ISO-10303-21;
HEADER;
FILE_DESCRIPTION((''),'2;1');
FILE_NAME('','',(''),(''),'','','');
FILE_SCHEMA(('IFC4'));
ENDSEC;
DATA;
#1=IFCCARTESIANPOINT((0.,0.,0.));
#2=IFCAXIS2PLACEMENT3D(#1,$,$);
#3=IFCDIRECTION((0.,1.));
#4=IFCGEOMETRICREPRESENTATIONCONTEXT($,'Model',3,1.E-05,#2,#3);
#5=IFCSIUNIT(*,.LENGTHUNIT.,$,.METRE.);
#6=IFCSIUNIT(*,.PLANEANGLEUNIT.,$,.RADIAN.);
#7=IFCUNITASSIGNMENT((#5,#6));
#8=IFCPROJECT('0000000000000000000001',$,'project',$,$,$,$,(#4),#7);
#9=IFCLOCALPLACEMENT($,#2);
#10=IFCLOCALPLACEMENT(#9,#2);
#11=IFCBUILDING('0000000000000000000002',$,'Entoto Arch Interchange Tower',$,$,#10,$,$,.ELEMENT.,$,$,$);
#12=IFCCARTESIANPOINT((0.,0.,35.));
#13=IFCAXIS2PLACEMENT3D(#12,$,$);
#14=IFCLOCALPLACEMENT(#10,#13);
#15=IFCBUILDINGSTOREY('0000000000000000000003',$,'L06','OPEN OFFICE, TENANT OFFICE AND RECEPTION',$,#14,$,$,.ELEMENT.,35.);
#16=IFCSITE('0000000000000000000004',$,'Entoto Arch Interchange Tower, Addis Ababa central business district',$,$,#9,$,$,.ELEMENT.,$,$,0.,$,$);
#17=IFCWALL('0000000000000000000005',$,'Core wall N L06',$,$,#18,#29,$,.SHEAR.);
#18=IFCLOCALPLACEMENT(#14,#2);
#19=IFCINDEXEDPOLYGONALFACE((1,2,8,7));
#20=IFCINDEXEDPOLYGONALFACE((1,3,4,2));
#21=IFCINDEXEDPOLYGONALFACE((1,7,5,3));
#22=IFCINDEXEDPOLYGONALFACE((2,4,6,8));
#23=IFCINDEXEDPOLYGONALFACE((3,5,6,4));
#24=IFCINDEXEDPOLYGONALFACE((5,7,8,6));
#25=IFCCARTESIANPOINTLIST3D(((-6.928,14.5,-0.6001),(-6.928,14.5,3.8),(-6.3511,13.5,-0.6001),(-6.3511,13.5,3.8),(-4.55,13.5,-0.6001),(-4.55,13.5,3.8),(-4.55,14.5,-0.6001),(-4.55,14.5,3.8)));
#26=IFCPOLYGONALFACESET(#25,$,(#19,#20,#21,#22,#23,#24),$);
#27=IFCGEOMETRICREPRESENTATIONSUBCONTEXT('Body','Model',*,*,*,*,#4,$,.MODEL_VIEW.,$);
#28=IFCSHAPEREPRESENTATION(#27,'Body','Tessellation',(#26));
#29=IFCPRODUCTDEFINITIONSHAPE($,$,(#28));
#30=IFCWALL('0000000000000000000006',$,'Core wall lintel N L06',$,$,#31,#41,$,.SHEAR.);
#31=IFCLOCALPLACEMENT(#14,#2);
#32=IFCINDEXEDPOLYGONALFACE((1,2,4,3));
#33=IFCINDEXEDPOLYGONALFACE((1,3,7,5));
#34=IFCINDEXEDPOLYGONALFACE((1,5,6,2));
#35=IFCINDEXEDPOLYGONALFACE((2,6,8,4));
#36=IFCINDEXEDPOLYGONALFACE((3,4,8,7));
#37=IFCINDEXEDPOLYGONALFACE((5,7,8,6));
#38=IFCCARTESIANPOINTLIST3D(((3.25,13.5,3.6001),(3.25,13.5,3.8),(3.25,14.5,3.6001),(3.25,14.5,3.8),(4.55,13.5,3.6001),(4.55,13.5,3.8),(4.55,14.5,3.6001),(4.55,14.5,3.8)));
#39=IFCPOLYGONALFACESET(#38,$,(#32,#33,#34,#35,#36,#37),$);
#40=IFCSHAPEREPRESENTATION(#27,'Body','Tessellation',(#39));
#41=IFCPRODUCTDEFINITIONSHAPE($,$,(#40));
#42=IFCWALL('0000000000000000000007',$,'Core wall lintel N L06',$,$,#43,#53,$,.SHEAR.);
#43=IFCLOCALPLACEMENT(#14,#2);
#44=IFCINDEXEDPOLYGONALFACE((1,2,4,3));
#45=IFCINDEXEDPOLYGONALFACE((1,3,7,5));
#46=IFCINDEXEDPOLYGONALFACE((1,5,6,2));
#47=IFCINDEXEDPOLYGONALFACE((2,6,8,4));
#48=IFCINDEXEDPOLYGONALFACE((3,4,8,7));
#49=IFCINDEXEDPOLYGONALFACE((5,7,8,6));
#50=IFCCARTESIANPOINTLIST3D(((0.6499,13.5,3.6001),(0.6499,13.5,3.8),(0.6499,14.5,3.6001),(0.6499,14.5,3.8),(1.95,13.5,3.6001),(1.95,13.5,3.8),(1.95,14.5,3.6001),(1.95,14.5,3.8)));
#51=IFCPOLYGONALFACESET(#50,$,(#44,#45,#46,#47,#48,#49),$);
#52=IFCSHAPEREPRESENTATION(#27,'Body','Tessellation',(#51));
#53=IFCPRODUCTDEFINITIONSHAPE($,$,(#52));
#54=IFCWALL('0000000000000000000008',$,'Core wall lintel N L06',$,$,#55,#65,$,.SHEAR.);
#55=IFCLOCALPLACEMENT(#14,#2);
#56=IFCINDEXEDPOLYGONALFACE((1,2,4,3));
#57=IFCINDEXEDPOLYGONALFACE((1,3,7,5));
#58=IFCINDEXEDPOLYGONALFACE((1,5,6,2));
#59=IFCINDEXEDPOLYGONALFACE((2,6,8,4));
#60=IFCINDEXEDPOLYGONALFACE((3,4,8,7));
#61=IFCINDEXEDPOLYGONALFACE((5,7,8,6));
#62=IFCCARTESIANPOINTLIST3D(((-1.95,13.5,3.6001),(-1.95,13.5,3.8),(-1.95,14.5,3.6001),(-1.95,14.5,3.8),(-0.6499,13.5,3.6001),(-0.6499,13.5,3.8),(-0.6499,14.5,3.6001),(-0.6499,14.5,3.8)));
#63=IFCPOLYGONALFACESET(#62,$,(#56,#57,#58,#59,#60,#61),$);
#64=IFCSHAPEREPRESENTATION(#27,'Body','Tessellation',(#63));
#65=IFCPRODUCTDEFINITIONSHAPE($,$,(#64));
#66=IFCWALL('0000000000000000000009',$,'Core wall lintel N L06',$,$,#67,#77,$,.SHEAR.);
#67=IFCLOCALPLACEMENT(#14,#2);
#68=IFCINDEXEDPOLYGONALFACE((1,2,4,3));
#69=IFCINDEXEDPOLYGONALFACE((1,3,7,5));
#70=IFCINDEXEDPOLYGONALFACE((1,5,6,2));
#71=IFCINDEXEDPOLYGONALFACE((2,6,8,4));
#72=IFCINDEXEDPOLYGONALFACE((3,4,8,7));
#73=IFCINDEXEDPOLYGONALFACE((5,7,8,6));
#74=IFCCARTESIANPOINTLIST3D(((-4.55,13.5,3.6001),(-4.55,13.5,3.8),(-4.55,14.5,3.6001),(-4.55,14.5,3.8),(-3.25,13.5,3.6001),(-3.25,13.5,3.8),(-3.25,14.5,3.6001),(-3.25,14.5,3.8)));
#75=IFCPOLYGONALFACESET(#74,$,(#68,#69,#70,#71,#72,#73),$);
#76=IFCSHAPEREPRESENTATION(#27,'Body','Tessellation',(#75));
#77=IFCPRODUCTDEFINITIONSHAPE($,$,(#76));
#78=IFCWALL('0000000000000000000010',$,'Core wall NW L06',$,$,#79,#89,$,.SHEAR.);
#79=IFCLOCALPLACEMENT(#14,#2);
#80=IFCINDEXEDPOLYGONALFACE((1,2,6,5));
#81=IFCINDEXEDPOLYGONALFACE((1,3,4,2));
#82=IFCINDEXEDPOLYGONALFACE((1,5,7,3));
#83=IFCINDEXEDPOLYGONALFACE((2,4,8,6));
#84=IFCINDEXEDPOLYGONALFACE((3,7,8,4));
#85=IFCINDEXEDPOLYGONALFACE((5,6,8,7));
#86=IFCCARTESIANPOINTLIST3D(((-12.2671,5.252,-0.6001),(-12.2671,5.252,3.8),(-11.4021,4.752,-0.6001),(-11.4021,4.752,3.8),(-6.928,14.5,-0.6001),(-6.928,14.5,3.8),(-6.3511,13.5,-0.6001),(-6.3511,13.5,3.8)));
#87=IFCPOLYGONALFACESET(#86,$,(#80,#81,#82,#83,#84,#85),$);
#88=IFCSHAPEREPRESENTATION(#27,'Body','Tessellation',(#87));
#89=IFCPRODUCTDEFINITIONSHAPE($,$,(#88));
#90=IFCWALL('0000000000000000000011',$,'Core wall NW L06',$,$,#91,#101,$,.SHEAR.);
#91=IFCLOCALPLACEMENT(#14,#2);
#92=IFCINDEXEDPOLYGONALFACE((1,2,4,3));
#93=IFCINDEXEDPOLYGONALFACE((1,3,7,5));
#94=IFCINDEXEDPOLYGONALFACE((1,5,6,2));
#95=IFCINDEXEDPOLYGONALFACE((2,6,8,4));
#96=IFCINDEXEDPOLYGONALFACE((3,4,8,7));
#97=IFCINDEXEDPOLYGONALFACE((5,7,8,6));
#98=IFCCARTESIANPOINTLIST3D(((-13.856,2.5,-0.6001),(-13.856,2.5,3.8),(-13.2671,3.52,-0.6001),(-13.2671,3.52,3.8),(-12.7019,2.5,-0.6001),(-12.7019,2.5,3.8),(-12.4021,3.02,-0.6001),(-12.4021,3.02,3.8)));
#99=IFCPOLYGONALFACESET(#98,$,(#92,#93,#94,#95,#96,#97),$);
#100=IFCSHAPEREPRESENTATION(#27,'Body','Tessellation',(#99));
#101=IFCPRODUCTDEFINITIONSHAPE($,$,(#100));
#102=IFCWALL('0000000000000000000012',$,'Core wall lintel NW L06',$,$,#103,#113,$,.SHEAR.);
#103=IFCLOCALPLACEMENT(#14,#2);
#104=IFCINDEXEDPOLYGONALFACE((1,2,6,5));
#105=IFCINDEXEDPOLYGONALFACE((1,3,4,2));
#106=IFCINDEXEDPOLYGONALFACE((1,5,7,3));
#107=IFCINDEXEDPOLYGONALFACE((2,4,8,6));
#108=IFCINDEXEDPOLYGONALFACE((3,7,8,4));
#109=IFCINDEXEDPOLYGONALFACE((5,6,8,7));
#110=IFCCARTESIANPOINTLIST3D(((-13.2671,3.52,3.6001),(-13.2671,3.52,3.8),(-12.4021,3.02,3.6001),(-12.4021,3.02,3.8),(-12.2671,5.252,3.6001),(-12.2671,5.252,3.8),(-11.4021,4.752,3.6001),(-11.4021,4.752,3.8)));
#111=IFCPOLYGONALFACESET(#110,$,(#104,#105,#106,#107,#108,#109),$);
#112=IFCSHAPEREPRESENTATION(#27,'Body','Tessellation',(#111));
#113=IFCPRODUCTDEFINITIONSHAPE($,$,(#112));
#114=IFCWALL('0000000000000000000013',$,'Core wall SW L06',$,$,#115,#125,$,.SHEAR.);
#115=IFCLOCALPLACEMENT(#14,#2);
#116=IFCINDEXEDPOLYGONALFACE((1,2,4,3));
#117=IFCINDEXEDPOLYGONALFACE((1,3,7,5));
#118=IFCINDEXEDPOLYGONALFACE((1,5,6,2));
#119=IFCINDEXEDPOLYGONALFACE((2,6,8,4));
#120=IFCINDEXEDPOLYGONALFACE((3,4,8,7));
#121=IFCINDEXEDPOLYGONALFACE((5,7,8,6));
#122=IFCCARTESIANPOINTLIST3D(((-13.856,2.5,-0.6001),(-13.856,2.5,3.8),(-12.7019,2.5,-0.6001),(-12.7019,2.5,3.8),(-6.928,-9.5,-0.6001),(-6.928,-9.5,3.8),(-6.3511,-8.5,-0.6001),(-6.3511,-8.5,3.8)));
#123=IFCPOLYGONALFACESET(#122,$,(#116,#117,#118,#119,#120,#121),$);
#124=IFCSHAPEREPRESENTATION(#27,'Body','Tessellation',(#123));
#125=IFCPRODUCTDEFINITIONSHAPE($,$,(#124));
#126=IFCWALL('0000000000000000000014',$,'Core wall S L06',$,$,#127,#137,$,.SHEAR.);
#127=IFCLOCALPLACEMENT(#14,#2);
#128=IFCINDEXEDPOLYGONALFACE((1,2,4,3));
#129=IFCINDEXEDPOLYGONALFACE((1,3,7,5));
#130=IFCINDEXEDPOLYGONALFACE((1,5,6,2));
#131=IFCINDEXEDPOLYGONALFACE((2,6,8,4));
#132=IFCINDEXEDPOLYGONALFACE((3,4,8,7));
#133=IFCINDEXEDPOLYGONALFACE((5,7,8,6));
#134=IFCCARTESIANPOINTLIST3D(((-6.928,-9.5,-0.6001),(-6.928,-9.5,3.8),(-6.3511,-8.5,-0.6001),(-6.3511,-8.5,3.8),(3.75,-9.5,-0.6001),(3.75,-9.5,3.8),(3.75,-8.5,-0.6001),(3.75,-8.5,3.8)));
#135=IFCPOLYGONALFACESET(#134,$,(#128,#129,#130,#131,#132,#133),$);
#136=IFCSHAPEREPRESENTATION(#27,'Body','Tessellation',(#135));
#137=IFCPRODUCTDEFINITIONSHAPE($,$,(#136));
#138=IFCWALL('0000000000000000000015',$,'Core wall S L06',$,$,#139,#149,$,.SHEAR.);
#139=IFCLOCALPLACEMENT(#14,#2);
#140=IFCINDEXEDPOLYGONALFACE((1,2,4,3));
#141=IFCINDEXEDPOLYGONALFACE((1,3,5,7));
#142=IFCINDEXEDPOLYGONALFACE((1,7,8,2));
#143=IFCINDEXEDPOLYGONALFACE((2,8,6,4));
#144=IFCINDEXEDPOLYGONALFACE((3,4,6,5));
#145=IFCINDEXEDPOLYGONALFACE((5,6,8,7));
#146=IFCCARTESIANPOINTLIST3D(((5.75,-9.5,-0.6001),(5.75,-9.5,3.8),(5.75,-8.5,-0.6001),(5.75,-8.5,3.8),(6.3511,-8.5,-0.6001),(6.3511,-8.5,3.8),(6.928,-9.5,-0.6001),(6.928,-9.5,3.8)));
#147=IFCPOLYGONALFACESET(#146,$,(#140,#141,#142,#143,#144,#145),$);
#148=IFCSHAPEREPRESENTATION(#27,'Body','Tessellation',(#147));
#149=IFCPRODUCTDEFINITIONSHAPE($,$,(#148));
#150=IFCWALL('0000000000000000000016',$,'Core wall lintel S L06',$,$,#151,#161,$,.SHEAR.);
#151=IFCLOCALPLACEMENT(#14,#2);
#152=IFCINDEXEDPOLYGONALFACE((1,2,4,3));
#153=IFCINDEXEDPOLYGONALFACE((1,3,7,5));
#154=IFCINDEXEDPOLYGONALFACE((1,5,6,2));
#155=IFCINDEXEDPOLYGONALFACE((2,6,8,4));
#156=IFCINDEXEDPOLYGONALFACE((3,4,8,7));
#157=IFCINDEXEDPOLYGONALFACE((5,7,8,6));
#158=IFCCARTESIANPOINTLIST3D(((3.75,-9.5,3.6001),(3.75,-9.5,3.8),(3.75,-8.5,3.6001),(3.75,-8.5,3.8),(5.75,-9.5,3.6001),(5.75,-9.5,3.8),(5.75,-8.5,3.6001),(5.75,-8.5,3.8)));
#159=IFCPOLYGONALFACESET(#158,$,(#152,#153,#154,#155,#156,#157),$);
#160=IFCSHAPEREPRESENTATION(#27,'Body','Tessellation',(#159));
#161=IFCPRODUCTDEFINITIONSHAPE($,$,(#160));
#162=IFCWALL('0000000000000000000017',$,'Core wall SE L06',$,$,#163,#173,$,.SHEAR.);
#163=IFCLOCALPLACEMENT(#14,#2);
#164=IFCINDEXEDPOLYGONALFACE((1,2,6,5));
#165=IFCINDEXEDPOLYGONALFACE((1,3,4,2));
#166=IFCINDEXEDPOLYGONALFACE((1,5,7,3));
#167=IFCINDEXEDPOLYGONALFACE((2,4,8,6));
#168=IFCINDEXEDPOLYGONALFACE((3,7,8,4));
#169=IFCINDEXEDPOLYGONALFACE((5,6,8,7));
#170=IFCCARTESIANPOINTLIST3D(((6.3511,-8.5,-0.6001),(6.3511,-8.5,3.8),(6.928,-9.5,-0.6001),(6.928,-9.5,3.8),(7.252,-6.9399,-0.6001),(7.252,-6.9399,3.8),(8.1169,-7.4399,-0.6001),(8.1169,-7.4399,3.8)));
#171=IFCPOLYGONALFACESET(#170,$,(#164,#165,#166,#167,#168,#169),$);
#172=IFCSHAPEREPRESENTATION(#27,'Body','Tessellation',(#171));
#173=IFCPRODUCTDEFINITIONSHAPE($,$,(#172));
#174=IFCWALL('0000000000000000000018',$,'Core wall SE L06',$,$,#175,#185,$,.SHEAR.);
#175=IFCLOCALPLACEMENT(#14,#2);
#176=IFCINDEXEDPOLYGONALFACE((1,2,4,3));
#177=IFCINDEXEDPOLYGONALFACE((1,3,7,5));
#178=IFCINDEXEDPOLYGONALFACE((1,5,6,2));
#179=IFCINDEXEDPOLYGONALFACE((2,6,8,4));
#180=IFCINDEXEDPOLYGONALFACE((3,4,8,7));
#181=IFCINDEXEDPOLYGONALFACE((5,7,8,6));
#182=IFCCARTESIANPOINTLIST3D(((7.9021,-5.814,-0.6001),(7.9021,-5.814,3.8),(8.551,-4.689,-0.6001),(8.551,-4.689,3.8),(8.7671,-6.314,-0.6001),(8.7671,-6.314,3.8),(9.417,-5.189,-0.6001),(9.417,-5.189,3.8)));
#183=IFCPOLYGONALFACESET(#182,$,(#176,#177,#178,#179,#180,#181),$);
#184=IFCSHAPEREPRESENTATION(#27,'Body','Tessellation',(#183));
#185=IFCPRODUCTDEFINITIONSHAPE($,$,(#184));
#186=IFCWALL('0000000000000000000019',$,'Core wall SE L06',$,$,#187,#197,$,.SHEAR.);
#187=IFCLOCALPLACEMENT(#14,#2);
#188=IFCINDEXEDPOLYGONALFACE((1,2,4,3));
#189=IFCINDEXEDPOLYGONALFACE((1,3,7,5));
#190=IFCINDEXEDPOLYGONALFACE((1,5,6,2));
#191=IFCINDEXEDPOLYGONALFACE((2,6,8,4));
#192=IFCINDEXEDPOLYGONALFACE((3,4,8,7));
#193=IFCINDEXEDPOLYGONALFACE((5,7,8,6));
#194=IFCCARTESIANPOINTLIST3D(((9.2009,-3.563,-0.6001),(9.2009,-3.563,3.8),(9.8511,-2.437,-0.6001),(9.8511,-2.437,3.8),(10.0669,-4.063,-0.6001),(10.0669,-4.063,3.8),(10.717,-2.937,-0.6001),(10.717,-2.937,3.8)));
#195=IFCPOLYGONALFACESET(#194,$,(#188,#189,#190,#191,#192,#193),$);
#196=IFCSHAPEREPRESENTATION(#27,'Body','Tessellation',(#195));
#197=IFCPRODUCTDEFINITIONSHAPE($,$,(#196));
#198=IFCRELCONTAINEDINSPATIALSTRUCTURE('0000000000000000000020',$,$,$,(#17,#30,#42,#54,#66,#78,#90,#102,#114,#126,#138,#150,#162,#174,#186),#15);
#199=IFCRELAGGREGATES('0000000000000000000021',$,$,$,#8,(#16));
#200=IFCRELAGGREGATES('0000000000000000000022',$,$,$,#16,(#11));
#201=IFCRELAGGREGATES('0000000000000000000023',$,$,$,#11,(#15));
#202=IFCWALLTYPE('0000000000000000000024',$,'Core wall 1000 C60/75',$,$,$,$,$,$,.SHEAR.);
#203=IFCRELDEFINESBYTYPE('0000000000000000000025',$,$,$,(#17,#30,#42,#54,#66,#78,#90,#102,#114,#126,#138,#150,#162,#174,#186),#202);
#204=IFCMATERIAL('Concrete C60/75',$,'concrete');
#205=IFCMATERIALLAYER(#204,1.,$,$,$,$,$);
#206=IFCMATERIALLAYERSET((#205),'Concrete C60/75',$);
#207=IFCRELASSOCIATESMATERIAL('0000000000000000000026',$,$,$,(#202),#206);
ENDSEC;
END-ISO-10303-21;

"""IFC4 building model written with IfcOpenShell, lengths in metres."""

from ifc_helpers import new_model, si_unit, direction, frame, origin, place, context, subcontext, project, spatial, polyline, outline, extrude, material, layer, layer_set, type_object, element, save


model = new_model("IFC4")

# Units and contexts
model_context = context("Model", 3, precision=1e-05, world=origin(), true_north=direction((0.0, 1.0)))
body_context = subcontext(model_context, "Body", "Model", "MODEL_VIEW")
ifc_project = project(units=[si_unit("LENGTHUNIT", "METRE"), si_unit("PLANEANGLEUNIT", "RADIAN")], contexts=[model_context])

# Site, building, storey
site_placement = place(None, origin())
site = spatial("IfcSite", under=ifc_project, at=site_placement, Name="Entoto Arch Interchange Tower, Addis Ababa central business district", CompositionType="ELEMENT", RefElevation=0.0)
building_placement = place(site_placement, origin())
building = spatial("IfcBuilding", under=site, at=building_placement, Name="Entoto Arch Interchange Tower", CompositionType="ELEMENT")
storey_placement = place(building_placement, frame((0.0, 0.0, 35.0)))
storey = spatial("IfcBuildingStorey", under=building, at=storey_placement, Name="L06", Description="OPEN OFFICE, TENANT OFFICE AND RECEPTION", CompositionType="ELEMENT", Elevation=35.0)

# Walls
ifc_material_1 = material(Name="Concrete C60/75", Category="concrete")
ifc_layer_1 = layer(ifc_material_1, 1.0)
ifc_layer_set_1 = layer_set([ifc_layer_1], Name="Concrete C60/75")
wall_type_1 = type_object("IfcWallType", Name="Core wall 1000 C60/75", PredefinedType="SHEAR", material=ifc_layer_set_1)
wall_1_placement = place(storey_placement, frame((0.0, 0.0, -0.6001)))
element("IfcWall", 1, at=wall_1_placement, inside=storey, type_object=wall_type_1, Name="Core wall N L06", PredefinedType="SHEAR", context=body_context, shape_type="SweptSolid", body=[
    extrude(outline(polyline([(-4.55, 13.5), (-4.55, 14.5), (-6.928, 14.5), (-6.3511, 13.5), (-4.55, 13.5)])), origin(), (0.0, 0.0, 1.0), 4.4001),
])
wall_2_placement = place(storey_placement, frame((0.0, 0.0, 3.6001)))
element("IfcWall", 2, at=wall_2_placement, inside=storey, type_object=wall_type_1, Name="Core wall lintel N L06", PredefinedType="SHEAR", context=body_context, shape_type="SweptSolid", body=[
    extrude(outline(polyline([(3.25, 14.5), (3.25, 13.5), (4.55, 13.5), (4.55, 14.5), (3.25, 14.5)])), origin(), (0.0, 0.0, 1.0), 0.2),
])
wall_3_placement = place(storey_placement, frame((0.0, 0.0, 3.6001)))
element("IfcWall", 3, at=wall_3_placement, inside=storey, type_object=wall_type_1, Name="Core wall lintel N L06", PredefinedType="SHEAR", context=body_context, shape_type="SweptSolid", body=[
    extrude(outline(polyline([(0.6499, 14.5), (0.6499, 13.5), (1.95, 13.5), (1.95, 14.5), (0.6499, 14.5)])), origin(), (0.0, 0.0, 1.0), 0.2),
])
wall_4_placement = place(storey_placement, frame((0.0, 0.0, 3.6001)))
element("IfcWall", 4, at=wall_4_placement, inside=storey, type_object=wall_type_1, Name="Core wall lintel N L06", PredefinedType="SHEAR", context=body_context, shape_type="SweptSolid", body=[
    extrude(outline(polyline([(-1.95, 14.5), (-1.95, 13.5), (-0.6499, 13.5), (-0.6499, 14.5), (-1.95, 14.5)])), origin(), (0.0, 0.0, 1.0), 0.2),
])
wall_5_placement = place(storey_placement, frame((0.0, 0.0, 3.6001)))
element("IfcWall", 5, at=wall_5_placement, inside=storey, type_object=wall_type_1, Name="Core wall lintel N L06", PredefinedType="SHEAR", context=body_context, shape_type="SweptSolid", body=[
    extrude(outline(polyline([(-4.55, 14.5), (-4.55, 13.5), (-3.25, 13.5), (-3.25, 14.5), (-4.55, 14.5)])), origin(), (0.0, 0.0, 1.0), 0.2),
])
wall_6_placement = place(storey_placement, frame((0.0, 0.0, -0.6001)))
element("IfcWall", 6, at=wall_6_placement, inside=storey, type_object=wall_type_1, Name="Core wall NW L06", PredefinedType="SHEAR", context=body_context, shape_type="SweptSolid", body=[
    extrude(outline(polyline([(-12.2671, 5.252), (-11.4021, 4.752), (-6.3511, 13.5), (-6.928, 14.5), (-12.2671, 5.252)])), origin(), (0.0, 0.0, 1.0), 4.4001),
])
wall_7_placement = place(storey_placement, frame((0.0, 0.0, -0.6001)))
element("IfcWall", 7, at=wall_7_placement, inside=storey, type_object=wall_type_1, Name="Core wall NW L06", PredefinedType="SHEAR", context=body_context, shape_type="SweptSolid", body=[
    extrude(outline(polyline([(-12.4021, 3.02), (-13.2671, 3.52), (-13.856, 2.5), (-12.7019, 2.5), (-12.4021, 3.02)])), origin(), (0.0, 0.0, 1.0), 4.4001),
])
wall_8_placement = place(storey_placement, frame((0.0, 0.0, 3.6001)))
element("IfcWall", 8, at=wall_8_placement, inside=storey, type_object=wall_type_1, Name="Core wall lintel NW L06", PredefinedType="SHEAR", context=body_context, shape_type="SweptSolid", body=[
    extrude(outline(polyline([(-13.2671, 3.52), (-12.4021, 3.02), (-11.4021, 4.752), (-12.2671, 5.252), (-13.2671, 3.52)])), origin(), (0.0, 0.0, 1.0), 0.2),
])
wall_9_placement = place(storey_placement, frame((0.0, 0.0, -0.6001)))
element("IfcWall", 9, at=wall_9_placement, inside=storey, type_object=wall_type_1, Name="Core wall SW L06", PredefinedType="SHEAR", context=body_context, shape_type="SweptSolid", body=[
    extrude(outline(polyline([(-13.856, 2.5), (-6.928, -9.5), (-6.3511, -8.5), (-12.7019, 2.5), (-13.856, 2.5)])), origin(), (0.0, 0.0, 1.0), 4.4001),
])
wall_10_placement = place(storey_placement, frame((0.0, 0.0, -0.6001)))
element("IfcWall", 10, at=wall_10_placement, inside=storey, type_object=wall_type_1, Name="Core wall S L06", PredefinedType="SHEAR", context=body_context, shape_type="SweptSolid", body=[
    extrude(outline(polyline([(3.75, -9.5), (3.75, -8.5), (-6.3511, -8.5), (-6.928, -9.5), (3.75, -9.5)])), origin(), (0.0, 0.0, 1.0), 4.4001),
])
wall_11_placement = place(storey_placement, frame((0.0, 0.0, -0.6001)))
element("IfcWall", 11, at=wall_11_placement, inside=storey, type_object=wall_type_1, Name="Core wall S L06", PredefinedType="SHEAR", context=body_context, shape_type="SweptSolid", body=[
    extrude(outline(polyline([(5.75, -8.5), (5.75, -9.5), (6.928, -9.5), (6.3511, -8.5), (5.75, -8.5)])), origin(), (0.0, 0.0, 1.0), 4.4001),
])
wall_12_placement = place(storey_placement, frame((0.0, 0.0, 3.6001)))
element("IfcWall", 12, at=wall_12_placement, inside=storey, type_object=wall_type_1, Name="Core wall lintel S L06", PredefinedType="SHEAR", context=body_context, shape_type="SweptSolid", body=[
    extrude(outline(polyline([(5.75, -9.5), (5.75, -8.5), (3.75, -8.5), (3.75, -9.5), (5.75, -9.5)])), origin(), (0.0, 0.0, 1.0), 0.2),
])
wall_13_placement = place(storey_placement, frame((0.0, 0.0, -0.6001)))
element("IfcWall", 13, at=wall_13_placement, inside=storey, type_object=wall_type_1, Name="Core wall SE L06", PredefinedType="SHEAR", context=body_context, shape_type="SweptSolid", body=[
    extrude(outline(polyline([(8.1169, -7.4399), (7.252, -6.9399), (6.3511, -8.5), (6.928, -9.5), (8.1169, -7.4399)])), origin(), (0.0, 0.0, 1.0), 4.4001),
])
wall_14_placement = place(storey_placement, frame((0.0, 0.0, -0.6001)))
element("IfcWall", 14, at=wall_14_placement, inside=storey, type_object=wall_type_1, Name="Core wall SE L06", PredefinedType="SHEAR", context=body_context, shape_type="SweptSolid", body=[
    extrude(outline(polyline([(9.417, -5.189), (8.551, -4.689), (7.9021, -5.814), (8.7671, -6.314), (9.417, -5.189)])), origin(), (0.0, 0.0, 1.0), 4.4001),
])
wall_15_placement = place(storey_placement, frame((0.0, 0.0, -0.6001)))
element("IfcWall", 15, at=wall_15_placement, inside=storey, type_object=wall_type_1, Name="Core wall SE L06", PredefinedType="SHEAR", context=body_context, shape_type="SweptSolid", body=[
    extrude(outline(polyline([(10.717, -2.937), (9.8511, -2.437), (9.2009, -3.563), (10.0669, -4.063), (10.717, -2.937)])), origin(), (0.0, 0.0, 1.0), 4.4001),
])

save(model, "model.ifc")
